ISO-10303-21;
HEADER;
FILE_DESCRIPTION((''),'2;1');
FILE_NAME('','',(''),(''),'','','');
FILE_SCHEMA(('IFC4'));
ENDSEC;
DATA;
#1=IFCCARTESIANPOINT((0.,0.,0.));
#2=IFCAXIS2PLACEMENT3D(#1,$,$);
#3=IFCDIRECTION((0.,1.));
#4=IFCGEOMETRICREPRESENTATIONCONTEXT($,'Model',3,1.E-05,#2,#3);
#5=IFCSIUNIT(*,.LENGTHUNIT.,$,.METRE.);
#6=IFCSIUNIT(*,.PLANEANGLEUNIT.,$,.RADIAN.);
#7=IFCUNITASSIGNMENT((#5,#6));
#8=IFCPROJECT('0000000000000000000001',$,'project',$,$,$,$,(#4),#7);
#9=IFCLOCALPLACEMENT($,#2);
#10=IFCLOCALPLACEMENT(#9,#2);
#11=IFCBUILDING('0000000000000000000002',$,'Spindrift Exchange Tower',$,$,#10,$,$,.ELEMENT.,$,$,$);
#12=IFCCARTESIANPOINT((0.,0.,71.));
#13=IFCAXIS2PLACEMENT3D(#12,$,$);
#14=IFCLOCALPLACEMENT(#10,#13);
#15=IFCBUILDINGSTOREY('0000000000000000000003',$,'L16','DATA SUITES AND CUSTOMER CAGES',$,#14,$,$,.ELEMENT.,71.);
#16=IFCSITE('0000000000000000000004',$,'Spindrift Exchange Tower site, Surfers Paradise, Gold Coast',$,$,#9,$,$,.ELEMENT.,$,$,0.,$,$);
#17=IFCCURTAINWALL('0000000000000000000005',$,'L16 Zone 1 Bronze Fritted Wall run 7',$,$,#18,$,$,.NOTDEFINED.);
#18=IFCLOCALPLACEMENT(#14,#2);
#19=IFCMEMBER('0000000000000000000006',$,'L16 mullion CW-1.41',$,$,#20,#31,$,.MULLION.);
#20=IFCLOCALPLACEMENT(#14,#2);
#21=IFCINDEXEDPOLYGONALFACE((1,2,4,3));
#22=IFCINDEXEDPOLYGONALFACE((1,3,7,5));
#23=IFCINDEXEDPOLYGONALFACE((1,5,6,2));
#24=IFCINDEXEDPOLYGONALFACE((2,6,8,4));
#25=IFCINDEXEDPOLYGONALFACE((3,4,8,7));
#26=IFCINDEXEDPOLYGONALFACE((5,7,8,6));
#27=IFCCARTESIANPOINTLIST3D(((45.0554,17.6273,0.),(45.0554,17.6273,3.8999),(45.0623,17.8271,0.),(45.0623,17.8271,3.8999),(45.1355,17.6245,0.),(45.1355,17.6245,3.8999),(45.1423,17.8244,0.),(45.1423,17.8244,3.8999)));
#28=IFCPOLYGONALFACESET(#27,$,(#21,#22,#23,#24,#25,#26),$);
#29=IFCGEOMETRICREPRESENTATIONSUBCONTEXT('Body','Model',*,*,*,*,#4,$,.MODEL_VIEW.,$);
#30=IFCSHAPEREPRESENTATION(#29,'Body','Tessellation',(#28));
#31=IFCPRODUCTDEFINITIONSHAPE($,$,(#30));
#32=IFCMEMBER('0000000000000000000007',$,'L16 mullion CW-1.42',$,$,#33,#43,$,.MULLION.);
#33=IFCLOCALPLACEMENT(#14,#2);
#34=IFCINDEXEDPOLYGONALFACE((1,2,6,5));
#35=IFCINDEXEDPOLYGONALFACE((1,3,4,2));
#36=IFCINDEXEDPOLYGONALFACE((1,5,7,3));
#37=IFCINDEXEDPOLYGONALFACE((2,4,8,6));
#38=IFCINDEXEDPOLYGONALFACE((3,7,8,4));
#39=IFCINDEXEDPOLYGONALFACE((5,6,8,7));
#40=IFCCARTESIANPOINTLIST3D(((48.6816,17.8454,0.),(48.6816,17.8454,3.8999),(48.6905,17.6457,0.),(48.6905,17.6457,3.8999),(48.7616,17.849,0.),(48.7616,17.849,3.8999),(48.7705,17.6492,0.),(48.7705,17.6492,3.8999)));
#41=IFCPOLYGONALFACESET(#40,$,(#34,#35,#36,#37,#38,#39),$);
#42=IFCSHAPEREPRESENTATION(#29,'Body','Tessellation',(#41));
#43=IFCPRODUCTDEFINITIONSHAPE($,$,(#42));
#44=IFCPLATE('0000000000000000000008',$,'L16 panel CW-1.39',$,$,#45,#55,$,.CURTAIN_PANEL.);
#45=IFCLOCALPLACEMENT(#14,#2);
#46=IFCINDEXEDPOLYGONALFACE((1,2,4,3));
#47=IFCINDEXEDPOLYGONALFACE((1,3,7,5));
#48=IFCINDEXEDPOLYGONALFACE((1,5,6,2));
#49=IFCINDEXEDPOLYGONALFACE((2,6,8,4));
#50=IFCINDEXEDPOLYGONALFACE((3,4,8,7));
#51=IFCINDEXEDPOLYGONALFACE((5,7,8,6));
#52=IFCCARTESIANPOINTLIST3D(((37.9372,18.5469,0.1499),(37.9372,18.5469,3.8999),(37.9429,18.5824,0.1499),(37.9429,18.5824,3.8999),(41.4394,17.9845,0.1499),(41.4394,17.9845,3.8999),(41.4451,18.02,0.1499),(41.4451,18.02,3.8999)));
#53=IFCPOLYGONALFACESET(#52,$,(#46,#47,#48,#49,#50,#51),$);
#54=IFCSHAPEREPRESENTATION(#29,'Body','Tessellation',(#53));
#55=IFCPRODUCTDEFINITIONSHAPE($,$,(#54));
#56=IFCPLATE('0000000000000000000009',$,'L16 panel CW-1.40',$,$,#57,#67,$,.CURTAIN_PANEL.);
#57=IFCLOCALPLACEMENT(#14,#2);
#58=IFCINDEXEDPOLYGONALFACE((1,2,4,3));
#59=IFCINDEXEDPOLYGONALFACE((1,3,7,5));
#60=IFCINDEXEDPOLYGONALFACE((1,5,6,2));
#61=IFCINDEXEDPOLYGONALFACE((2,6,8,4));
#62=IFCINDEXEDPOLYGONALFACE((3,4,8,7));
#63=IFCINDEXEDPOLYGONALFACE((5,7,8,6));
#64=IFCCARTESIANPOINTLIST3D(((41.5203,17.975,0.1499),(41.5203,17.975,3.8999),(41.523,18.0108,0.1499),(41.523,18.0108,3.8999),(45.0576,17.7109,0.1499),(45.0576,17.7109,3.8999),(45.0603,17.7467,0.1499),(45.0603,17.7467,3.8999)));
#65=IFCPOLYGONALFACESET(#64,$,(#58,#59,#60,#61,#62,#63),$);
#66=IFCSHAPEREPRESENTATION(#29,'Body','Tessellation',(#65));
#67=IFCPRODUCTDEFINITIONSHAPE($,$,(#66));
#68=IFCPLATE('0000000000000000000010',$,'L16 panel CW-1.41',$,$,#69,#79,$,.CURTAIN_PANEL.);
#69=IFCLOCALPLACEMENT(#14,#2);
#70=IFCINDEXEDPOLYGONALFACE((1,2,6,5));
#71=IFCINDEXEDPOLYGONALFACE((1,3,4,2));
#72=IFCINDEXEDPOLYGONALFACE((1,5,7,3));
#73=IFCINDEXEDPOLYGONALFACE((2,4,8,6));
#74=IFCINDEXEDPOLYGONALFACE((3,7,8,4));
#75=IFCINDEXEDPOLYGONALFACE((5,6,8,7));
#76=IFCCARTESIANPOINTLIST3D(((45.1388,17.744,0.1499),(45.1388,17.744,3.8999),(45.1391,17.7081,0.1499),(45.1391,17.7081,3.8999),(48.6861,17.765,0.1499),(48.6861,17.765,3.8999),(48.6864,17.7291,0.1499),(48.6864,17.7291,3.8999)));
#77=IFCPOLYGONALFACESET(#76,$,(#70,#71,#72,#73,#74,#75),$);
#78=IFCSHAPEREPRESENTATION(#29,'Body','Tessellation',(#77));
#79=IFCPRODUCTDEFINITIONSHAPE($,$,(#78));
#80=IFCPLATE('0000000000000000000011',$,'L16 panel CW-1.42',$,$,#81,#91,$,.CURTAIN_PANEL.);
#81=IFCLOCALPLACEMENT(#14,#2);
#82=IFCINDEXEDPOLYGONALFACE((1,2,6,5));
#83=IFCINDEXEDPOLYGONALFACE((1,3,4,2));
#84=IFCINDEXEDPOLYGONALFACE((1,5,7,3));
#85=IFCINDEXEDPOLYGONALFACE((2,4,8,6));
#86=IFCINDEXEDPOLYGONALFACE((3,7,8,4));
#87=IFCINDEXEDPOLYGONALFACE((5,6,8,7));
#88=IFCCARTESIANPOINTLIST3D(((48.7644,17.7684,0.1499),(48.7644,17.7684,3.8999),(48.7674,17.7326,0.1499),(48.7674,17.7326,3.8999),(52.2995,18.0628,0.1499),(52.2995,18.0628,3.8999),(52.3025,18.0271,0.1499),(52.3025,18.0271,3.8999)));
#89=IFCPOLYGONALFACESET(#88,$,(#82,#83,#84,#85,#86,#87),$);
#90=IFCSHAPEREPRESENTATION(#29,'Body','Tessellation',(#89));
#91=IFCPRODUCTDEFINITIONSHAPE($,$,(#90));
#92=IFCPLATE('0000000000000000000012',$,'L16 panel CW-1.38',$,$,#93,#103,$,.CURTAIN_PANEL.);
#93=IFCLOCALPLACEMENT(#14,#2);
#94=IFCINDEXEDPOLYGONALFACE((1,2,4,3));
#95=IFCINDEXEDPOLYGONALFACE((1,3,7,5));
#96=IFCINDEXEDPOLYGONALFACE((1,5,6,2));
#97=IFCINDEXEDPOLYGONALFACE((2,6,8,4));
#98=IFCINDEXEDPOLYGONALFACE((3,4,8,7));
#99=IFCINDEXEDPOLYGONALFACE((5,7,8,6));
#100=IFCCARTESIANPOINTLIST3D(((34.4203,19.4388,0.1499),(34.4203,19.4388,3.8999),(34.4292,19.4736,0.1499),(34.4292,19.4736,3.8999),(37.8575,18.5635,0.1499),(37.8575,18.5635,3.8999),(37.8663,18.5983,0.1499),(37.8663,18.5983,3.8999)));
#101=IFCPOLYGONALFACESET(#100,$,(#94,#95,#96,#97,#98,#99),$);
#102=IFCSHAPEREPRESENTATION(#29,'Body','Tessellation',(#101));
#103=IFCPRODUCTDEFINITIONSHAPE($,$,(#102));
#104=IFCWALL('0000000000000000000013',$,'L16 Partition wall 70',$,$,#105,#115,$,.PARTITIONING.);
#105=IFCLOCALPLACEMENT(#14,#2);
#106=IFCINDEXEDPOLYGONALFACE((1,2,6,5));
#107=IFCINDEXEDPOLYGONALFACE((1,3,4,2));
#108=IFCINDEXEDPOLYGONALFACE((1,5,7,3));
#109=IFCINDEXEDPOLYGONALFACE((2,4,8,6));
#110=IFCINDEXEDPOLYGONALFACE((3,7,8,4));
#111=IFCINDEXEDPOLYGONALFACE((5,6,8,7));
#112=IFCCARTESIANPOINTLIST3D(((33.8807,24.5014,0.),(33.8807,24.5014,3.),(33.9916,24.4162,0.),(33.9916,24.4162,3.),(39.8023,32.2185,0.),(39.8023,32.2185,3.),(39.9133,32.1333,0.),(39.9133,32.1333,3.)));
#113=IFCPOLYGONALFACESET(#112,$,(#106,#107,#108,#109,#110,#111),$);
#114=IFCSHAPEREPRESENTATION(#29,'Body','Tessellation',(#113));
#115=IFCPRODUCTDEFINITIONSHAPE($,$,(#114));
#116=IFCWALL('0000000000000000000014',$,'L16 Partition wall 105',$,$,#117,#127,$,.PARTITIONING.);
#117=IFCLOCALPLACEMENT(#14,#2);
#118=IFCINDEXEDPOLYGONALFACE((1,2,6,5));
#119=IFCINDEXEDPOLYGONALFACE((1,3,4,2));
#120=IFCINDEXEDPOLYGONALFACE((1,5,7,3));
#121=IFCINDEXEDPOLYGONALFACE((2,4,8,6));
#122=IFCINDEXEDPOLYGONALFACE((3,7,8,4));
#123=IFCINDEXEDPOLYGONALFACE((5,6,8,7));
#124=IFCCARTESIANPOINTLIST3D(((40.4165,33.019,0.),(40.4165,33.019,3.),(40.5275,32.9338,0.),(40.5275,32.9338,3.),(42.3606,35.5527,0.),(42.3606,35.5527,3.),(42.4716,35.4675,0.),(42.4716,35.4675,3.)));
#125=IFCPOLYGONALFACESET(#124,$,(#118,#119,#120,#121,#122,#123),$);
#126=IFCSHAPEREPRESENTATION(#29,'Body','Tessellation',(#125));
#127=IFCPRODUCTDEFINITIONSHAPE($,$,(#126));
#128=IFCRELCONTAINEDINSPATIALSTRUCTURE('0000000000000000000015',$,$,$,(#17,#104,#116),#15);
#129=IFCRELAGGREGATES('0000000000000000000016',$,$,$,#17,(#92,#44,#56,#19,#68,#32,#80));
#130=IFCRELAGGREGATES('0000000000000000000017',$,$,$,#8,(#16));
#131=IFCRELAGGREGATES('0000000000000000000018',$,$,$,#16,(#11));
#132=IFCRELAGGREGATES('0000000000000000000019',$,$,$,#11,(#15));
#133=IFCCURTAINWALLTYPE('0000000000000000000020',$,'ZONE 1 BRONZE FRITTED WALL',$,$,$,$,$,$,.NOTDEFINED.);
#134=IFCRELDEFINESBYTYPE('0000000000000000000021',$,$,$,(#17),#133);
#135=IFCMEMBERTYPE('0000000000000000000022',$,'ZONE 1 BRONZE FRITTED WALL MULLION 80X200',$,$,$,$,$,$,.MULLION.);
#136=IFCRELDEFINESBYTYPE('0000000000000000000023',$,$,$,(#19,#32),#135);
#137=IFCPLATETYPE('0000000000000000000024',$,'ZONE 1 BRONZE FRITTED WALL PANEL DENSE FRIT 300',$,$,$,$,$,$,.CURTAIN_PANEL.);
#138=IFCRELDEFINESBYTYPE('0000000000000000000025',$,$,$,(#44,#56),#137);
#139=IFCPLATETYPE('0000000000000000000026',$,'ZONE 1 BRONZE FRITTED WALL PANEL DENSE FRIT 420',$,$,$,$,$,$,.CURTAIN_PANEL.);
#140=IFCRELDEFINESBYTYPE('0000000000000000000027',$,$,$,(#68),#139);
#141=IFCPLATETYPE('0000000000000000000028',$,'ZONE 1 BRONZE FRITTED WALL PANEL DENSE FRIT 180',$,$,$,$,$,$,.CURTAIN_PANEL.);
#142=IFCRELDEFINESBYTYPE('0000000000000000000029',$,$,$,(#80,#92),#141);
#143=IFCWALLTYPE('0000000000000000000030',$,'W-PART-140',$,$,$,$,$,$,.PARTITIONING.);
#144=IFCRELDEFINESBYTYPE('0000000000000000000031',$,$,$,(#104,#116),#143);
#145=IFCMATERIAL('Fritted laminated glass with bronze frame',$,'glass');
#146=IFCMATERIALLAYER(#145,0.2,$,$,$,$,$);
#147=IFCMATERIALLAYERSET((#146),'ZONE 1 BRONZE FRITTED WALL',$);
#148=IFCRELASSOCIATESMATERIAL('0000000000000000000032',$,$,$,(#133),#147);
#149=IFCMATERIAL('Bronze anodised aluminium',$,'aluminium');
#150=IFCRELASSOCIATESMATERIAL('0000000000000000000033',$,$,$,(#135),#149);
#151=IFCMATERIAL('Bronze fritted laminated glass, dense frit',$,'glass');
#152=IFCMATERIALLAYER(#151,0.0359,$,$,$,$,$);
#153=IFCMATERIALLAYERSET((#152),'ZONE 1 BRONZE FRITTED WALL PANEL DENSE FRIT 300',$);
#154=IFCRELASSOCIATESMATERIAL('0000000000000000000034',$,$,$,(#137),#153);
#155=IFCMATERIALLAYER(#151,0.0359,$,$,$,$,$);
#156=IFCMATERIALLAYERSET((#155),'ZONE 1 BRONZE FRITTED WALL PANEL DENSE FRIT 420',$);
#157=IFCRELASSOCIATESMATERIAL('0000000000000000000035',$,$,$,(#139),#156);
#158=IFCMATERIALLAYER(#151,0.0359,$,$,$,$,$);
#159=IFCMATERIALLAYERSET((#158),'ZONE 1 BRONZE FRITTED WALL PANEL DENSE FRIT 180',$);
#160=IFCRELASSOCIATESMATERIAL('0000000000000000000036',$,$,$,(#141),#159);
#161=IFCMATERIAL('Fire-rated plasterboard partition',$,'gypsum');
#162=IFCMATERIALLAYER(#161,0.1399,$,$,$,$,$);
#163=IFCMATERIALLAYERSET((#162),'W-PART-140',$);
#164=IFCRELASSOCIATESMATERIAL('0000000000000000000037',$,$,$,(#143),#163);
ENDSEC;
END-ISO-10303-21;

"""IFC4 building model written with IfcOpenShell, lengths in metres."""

from ifc_helpers import new_model, si_unit, direction, frame, frame_2d, origin, origin_2d, place, context, subcontext, project, spatial, rectangle, extrude, source, transform, mapped, material, layer, layer_set, material_profile, profile_set, type_object, element, aggregate, save


model = new_model("IFC4")

# Units and contexts
model_context = context("Model", 3, precision=1e-05, world=origin(), true_north=direction((0.0, 1.0)))
body_context = subcontext(model_context, "Body", "Model", "MODEL_VIEW")
ifc_project = project(units=[si_unit("LENGTHUNIT", "METRE"), si_unit("PLANEANGLEUNIT", "RADIAN")], contexts=[model_context])

# Site, building, storey
site_placement = place(None, origin())
site = spatial("IfcSite", under=ifc_project, at=site_placement, Name="Spindrift Exchange Tower site, Surfers Paradise, Gold Coast", CompositionType="ELEMENT", RefElevation=0.0)
building_placement = place(site_placement, origin())
building = spatial("IfcBuilding", under=site, at=building_placement, Name="Spindrift Exchange Tower", CompositionType="ELEMENT")
storey_placement = place(building_placement, frame((0.0, 0.0, 71.0)))
storey = spatial("IfcBuildingStorey", under=building, at=storey_placement, Name="L16", Description="DATA SUITES AND CUSTOMER CAGES", CompositionType="ELEMENT", Elevation=71.0)

# Curtain wall, members, plates
ifc_material_1 = material(Name="Fritted laminated glass with bronze frame", Category="glass")
ifc_layer_1 = layer(ifc_material_1, 0.2)
ifc_layer_set_1 = layer_set([ifc_layer_1], Name="ZONE 1 BRONZE FRITTED WALL")
curtain_wall_type = type_object("IfcCurtainWallType", Name="ZONE 1 BRONZE FRITTED WALL", PredefinedType="NOTDEFINED", material=ifc_layer_set_1)
curtain_wall_placement = place(storey_placement, origin())
curtain_wall = element("IfcCurtainWall", 1, at=curtain_wall_placement, inside=storey, type_object=curtain_wall_type, Name="L16 Zone 1 Bronze Fritted Wall run 7", PredefinedType="NOTDEFINED")
ifc_material_2 = material(Name="Bronze anodised aluminium", Category="aluminium")
ifc_material_profile_1 = material_profile(ifc_material_2, rectangle(XDim=0.0801, YDim=0.2, at=origin_2d()), Name="ZONE 1 BRONZE FRITTED WALL MULLION 80X200")
ifc_profile_set_1 = profile_set([ifc_material_profile_1], Name="Bronze anodised aluminium")
member_type_1 = type_object("IfcMemberType", Name="ZONE 1 BRONZE FRITTED WALL MULLION 80X200", PredefinedType="MULLION", material=ifc_profile_set_1)
shared_shape_1 = source(origin(), body_context, "Body", "SweptSolid", [
    extrude(rectangle(XDim=0.0801, YDim=0.2, at=origin_2d()), origin(), (0.0, 0.0, 1.0), 3.8999),
])
member_1_placement = place(storey_placement, frame((45.0989, 17.7258, 0.0), z_axis=(0.0, 0.0, 1.0), x_axis=(0.999412, -0.034297, 0.0)))
member_1 = element("IfcMember", 2, at=member_1_placement, type_object=member_type_1, Name="L16 mullion CW-1.41", PredefinedType="MULLION", context=body_context, shape_type="MappedRepresentation", body=[
    mapped(shared_shape_1, transform((0.0, 0.0, 0.0), scale=1.0)),
])
member_2_placement = place(storey_placement, frame((48.7261, 17.7473, 0.0), z_axis=(0.0, 0.0, 1.0), x_axis=(0.999009, 0.044501, 0.0)))
member_2 = element("IfcMember", 3, at=member_2_placement, type_object=member_type_1, Name="L16 mullion CW-1.42", PredefinedType="MULLION", context=body_context, shape_type="MappedRepresentation", body=[
    mapped(shared_shape_1, transform((0.0, 0.0, 0.0), scale=1.0)),
])
ifc_material_3 = material(Name="Bronze fritted laminated glass, dense frit", Category="glass")
ifc_layer_2 = layer(ifc_material_3, 0.0359)
ifc_layer_set_2 = layer_set([ifc_layer_2], Name="ZONE 1 BRONZE FRITTED WALL PANEL DENSE FRIT 300")
plate_type_1 = type_object("IfcPlateType", Name="ZONE 1 BRONZE FRITTED WALL PANEL DENSE FRIT 300", PredefinedType="CURTAIN_PANEL", material=ifc_layer_set_2)
shared_shape_2 = source(origin(), body_context, "Body", "SweptSolid", [
    extrude(rectangle(XDim=3.5471, YDim=0.0359, at=origin_2d()), origin(), (0.0, 0.0, 1.0), 3.75),
])
plate_1_placement = place(storey_placement, frame((39.6912, 18.2834, 0.1499), z_axis=(0.0, 0.0, 1.0), x_axis=(0.98735, -0.158558, 0.0)))
plate_1 = element("IfcPlate", 4, at=plate_1_placement, type_object=plate_type_1, Name="L16 panel CW-1.39", PredefinedType="CURTAIN_PANEL", context=body_context, shape_type="MappedRepresentation", body=[
    mapped(shared_shape_2, transform((0.0, 0.0, 0.0), scale=1.0)),
])
plate_2_placement = place(storey_placement, frame((43.2903, 17.8608, 0.1499), z_axis=(0.0, 0.0, 1.0), x_axis=(0.997224, -0.074465, 0.0)))
plate_2 = element("IfcPlate", 5, at=plate_2_placement, type_object=plate_type_1, Name="L16 panel CW-1.40", PredefinedType="CURTAIN_PANEL", context=body_context, shape_type="MappedRepresentation", body=[
    mapped(shared_shape_2, transform((0.0, 0.0, 0.0), scale=1.0)),
])
ifc_layer_3 = layer(ifc_material_3, 0.0359)
ifc_layer_set_3 = layer_set([ifc_layer_3], Name="ZONE 1 BRONZE FRITTED WALL PANEL DENSE FRIT 420")
plate_type_2 = type_object("IfcPlateType", Name="ZONE 1 BRONZE FRITTED WALL PANEL DENSE FRIT 420", PredefinedType="CURTAIN_PANEL", material=ifc_layer_set_3)
shared_shape_3 = source(origin(), body_context, "Body", "SweptSolid", [
    extrude(rectangle(XDim=3.5474, YDim=0.0359, at=origin_2d()), origin(), (0.0, 0.0, 1.0), 3.75),
])
plate_3_placement = place(storey_placement, frame((46.9126, 17.7366, 0.1499), z_axis=(0.0, 0.0, 1.0), x_axis=(0.999982, 0.005927, 0.0)))
plate_3 = element("IfcPlate", 6, at=plate_3_placement, type_object=plate_type_2, Name="L16 panel CW-1.41", PredefinedType="CURTAIN_PANEL", context=body_context, shape_type="MappedRepresentation", body=[
    mapped(shared_shape_3, transform((0.0, 0.0, 0.0), scale=1.0)),
])
ifc_layer_4 = layer(ifc_material_3, 0.0359)
ifc_layer_set_4 = layer_set([ifc_layer_4], Name="ZONE 1 BRONZE FRITTED WALL PANEL DENSE FRIT 180")
plate_type_3 = type_object("IfcPlateType", Name="ZONE 1 BRONZE FRITTED WALL PANEL DENSE FRIT 180", PredefinedType="CURTAIN_PANEL", material=ifc_layer_set_4)
shared_shape_4 = source(origin(), body_context, "Body", "SweptSolid", [
    extrude(rectangle(XDim=3.5474, YDim=0.0359, at=origin_2d()), origin(), (0.0, 0.0, 1.0), 3.75),
])
plate_4_placement = place(storey_placement, frame((50.5334, 17.8977, 0.1499), z_axis=(0.0, 0.0, 1.0), x_axis=(0.996549, 0.083008, 0.0)))
plate_4 = element("IfcPlate", 7, at=plate_4_placement, type_object=plate_type_3, Name="L16 panel CW-1.42", PredefinedType="CURTAIN_PANEL", context=body_context, shape_type="MappedRepresentation", body=[
    mapped(shared_shape_4, transform((0.0, 0.0, 0.0), scale=1.0)),
])
shared_shape_5 = source(origin(), body_context, "Body", "SweptSolid", [
    extrude(rectangle(XDim=3.5469, YDim=0.0359, at=origin_2d()), origin(), (0.0, 0.0, 1.0), 3.75),
])
plate_5_placement = place(storey_placement, frame((36.1433, 19.0186, 0.1499), z_axis=(0.0, 0.0, 1.0), x_axis=(0.969067, -0.246796, 0.0)))
plate_5 = element("IfcPlate", 8, at=plate_5_placement, type_object=plate_type_3, Name="L16 panel CW-1.38", PredefinedType="CURTAIN_PANEL", context=body_context, shape_type="MappedRepresentation", body=[
    mapped(shared_shape_5, transform((0.0, 0.0, 0.0), scale=1.0)),
])
aggregate(curtain_wall, [plate_5, plate_1, plate_2, member_1, plate_3, member_2, plate_4])

# Walls
ifc_material_4 = material(Name="Fire-rated plasterboard partition", Category="gypsum")
ifc_layer_5 = layer(ifc_material_4, 0.1399)
ifc_layer_set_5 = layer_set([ifc_layer_5], Name="W-PART-140")
wall_type = type_object("IfcWallType", Name="W-PART-140", PredefinedType="PARTITIONING", material=ifc_layer_set_5)
wall_1_placement = place(storey_placement, frame((39.8579, 32.176, 0.0), z_axis=(0.0, 0.0, 1.0), x_axis=(-0.60877, -0.793347, 0.0)))
element("IfcWall", 9, at=wall_1_placement, inside=storey, type_object=wall_type, Name="L16 Partition wall 70", PredefinedType="PARTITIONING", context=body_context, shape_type="SweptSolid", body=[
    extrude(rectangle(XDim=9.7273, YDim=0.1399, at=frame_2d((4.8638, 0.0))), origin(), (0.0, 0.0, 1.0), 3.0),
])
wall_2_placement = place(storey_placement, frame((42.416, 35.51, 0.0), z_axis=(0.0, 0.0, 1.0), x_axis=(-0.608746, -0.793365, 0.0)))
element("IfcWall", 10, at=wall_2_placement, inside=storey, type_object=wall_type, Name="L16 Partition wall 105", PredefinedType="PARTITIONING", context=body_context, shape_type="SweptSolid", body=[
    extrude(rectangle(XDim=3.1936, YDim=0.1399, at=frame_2d((1.5967, 0.0))), origin(), (0.0, 0.0, 1.0), 3.0),
])

save(model, "model.ifc")
